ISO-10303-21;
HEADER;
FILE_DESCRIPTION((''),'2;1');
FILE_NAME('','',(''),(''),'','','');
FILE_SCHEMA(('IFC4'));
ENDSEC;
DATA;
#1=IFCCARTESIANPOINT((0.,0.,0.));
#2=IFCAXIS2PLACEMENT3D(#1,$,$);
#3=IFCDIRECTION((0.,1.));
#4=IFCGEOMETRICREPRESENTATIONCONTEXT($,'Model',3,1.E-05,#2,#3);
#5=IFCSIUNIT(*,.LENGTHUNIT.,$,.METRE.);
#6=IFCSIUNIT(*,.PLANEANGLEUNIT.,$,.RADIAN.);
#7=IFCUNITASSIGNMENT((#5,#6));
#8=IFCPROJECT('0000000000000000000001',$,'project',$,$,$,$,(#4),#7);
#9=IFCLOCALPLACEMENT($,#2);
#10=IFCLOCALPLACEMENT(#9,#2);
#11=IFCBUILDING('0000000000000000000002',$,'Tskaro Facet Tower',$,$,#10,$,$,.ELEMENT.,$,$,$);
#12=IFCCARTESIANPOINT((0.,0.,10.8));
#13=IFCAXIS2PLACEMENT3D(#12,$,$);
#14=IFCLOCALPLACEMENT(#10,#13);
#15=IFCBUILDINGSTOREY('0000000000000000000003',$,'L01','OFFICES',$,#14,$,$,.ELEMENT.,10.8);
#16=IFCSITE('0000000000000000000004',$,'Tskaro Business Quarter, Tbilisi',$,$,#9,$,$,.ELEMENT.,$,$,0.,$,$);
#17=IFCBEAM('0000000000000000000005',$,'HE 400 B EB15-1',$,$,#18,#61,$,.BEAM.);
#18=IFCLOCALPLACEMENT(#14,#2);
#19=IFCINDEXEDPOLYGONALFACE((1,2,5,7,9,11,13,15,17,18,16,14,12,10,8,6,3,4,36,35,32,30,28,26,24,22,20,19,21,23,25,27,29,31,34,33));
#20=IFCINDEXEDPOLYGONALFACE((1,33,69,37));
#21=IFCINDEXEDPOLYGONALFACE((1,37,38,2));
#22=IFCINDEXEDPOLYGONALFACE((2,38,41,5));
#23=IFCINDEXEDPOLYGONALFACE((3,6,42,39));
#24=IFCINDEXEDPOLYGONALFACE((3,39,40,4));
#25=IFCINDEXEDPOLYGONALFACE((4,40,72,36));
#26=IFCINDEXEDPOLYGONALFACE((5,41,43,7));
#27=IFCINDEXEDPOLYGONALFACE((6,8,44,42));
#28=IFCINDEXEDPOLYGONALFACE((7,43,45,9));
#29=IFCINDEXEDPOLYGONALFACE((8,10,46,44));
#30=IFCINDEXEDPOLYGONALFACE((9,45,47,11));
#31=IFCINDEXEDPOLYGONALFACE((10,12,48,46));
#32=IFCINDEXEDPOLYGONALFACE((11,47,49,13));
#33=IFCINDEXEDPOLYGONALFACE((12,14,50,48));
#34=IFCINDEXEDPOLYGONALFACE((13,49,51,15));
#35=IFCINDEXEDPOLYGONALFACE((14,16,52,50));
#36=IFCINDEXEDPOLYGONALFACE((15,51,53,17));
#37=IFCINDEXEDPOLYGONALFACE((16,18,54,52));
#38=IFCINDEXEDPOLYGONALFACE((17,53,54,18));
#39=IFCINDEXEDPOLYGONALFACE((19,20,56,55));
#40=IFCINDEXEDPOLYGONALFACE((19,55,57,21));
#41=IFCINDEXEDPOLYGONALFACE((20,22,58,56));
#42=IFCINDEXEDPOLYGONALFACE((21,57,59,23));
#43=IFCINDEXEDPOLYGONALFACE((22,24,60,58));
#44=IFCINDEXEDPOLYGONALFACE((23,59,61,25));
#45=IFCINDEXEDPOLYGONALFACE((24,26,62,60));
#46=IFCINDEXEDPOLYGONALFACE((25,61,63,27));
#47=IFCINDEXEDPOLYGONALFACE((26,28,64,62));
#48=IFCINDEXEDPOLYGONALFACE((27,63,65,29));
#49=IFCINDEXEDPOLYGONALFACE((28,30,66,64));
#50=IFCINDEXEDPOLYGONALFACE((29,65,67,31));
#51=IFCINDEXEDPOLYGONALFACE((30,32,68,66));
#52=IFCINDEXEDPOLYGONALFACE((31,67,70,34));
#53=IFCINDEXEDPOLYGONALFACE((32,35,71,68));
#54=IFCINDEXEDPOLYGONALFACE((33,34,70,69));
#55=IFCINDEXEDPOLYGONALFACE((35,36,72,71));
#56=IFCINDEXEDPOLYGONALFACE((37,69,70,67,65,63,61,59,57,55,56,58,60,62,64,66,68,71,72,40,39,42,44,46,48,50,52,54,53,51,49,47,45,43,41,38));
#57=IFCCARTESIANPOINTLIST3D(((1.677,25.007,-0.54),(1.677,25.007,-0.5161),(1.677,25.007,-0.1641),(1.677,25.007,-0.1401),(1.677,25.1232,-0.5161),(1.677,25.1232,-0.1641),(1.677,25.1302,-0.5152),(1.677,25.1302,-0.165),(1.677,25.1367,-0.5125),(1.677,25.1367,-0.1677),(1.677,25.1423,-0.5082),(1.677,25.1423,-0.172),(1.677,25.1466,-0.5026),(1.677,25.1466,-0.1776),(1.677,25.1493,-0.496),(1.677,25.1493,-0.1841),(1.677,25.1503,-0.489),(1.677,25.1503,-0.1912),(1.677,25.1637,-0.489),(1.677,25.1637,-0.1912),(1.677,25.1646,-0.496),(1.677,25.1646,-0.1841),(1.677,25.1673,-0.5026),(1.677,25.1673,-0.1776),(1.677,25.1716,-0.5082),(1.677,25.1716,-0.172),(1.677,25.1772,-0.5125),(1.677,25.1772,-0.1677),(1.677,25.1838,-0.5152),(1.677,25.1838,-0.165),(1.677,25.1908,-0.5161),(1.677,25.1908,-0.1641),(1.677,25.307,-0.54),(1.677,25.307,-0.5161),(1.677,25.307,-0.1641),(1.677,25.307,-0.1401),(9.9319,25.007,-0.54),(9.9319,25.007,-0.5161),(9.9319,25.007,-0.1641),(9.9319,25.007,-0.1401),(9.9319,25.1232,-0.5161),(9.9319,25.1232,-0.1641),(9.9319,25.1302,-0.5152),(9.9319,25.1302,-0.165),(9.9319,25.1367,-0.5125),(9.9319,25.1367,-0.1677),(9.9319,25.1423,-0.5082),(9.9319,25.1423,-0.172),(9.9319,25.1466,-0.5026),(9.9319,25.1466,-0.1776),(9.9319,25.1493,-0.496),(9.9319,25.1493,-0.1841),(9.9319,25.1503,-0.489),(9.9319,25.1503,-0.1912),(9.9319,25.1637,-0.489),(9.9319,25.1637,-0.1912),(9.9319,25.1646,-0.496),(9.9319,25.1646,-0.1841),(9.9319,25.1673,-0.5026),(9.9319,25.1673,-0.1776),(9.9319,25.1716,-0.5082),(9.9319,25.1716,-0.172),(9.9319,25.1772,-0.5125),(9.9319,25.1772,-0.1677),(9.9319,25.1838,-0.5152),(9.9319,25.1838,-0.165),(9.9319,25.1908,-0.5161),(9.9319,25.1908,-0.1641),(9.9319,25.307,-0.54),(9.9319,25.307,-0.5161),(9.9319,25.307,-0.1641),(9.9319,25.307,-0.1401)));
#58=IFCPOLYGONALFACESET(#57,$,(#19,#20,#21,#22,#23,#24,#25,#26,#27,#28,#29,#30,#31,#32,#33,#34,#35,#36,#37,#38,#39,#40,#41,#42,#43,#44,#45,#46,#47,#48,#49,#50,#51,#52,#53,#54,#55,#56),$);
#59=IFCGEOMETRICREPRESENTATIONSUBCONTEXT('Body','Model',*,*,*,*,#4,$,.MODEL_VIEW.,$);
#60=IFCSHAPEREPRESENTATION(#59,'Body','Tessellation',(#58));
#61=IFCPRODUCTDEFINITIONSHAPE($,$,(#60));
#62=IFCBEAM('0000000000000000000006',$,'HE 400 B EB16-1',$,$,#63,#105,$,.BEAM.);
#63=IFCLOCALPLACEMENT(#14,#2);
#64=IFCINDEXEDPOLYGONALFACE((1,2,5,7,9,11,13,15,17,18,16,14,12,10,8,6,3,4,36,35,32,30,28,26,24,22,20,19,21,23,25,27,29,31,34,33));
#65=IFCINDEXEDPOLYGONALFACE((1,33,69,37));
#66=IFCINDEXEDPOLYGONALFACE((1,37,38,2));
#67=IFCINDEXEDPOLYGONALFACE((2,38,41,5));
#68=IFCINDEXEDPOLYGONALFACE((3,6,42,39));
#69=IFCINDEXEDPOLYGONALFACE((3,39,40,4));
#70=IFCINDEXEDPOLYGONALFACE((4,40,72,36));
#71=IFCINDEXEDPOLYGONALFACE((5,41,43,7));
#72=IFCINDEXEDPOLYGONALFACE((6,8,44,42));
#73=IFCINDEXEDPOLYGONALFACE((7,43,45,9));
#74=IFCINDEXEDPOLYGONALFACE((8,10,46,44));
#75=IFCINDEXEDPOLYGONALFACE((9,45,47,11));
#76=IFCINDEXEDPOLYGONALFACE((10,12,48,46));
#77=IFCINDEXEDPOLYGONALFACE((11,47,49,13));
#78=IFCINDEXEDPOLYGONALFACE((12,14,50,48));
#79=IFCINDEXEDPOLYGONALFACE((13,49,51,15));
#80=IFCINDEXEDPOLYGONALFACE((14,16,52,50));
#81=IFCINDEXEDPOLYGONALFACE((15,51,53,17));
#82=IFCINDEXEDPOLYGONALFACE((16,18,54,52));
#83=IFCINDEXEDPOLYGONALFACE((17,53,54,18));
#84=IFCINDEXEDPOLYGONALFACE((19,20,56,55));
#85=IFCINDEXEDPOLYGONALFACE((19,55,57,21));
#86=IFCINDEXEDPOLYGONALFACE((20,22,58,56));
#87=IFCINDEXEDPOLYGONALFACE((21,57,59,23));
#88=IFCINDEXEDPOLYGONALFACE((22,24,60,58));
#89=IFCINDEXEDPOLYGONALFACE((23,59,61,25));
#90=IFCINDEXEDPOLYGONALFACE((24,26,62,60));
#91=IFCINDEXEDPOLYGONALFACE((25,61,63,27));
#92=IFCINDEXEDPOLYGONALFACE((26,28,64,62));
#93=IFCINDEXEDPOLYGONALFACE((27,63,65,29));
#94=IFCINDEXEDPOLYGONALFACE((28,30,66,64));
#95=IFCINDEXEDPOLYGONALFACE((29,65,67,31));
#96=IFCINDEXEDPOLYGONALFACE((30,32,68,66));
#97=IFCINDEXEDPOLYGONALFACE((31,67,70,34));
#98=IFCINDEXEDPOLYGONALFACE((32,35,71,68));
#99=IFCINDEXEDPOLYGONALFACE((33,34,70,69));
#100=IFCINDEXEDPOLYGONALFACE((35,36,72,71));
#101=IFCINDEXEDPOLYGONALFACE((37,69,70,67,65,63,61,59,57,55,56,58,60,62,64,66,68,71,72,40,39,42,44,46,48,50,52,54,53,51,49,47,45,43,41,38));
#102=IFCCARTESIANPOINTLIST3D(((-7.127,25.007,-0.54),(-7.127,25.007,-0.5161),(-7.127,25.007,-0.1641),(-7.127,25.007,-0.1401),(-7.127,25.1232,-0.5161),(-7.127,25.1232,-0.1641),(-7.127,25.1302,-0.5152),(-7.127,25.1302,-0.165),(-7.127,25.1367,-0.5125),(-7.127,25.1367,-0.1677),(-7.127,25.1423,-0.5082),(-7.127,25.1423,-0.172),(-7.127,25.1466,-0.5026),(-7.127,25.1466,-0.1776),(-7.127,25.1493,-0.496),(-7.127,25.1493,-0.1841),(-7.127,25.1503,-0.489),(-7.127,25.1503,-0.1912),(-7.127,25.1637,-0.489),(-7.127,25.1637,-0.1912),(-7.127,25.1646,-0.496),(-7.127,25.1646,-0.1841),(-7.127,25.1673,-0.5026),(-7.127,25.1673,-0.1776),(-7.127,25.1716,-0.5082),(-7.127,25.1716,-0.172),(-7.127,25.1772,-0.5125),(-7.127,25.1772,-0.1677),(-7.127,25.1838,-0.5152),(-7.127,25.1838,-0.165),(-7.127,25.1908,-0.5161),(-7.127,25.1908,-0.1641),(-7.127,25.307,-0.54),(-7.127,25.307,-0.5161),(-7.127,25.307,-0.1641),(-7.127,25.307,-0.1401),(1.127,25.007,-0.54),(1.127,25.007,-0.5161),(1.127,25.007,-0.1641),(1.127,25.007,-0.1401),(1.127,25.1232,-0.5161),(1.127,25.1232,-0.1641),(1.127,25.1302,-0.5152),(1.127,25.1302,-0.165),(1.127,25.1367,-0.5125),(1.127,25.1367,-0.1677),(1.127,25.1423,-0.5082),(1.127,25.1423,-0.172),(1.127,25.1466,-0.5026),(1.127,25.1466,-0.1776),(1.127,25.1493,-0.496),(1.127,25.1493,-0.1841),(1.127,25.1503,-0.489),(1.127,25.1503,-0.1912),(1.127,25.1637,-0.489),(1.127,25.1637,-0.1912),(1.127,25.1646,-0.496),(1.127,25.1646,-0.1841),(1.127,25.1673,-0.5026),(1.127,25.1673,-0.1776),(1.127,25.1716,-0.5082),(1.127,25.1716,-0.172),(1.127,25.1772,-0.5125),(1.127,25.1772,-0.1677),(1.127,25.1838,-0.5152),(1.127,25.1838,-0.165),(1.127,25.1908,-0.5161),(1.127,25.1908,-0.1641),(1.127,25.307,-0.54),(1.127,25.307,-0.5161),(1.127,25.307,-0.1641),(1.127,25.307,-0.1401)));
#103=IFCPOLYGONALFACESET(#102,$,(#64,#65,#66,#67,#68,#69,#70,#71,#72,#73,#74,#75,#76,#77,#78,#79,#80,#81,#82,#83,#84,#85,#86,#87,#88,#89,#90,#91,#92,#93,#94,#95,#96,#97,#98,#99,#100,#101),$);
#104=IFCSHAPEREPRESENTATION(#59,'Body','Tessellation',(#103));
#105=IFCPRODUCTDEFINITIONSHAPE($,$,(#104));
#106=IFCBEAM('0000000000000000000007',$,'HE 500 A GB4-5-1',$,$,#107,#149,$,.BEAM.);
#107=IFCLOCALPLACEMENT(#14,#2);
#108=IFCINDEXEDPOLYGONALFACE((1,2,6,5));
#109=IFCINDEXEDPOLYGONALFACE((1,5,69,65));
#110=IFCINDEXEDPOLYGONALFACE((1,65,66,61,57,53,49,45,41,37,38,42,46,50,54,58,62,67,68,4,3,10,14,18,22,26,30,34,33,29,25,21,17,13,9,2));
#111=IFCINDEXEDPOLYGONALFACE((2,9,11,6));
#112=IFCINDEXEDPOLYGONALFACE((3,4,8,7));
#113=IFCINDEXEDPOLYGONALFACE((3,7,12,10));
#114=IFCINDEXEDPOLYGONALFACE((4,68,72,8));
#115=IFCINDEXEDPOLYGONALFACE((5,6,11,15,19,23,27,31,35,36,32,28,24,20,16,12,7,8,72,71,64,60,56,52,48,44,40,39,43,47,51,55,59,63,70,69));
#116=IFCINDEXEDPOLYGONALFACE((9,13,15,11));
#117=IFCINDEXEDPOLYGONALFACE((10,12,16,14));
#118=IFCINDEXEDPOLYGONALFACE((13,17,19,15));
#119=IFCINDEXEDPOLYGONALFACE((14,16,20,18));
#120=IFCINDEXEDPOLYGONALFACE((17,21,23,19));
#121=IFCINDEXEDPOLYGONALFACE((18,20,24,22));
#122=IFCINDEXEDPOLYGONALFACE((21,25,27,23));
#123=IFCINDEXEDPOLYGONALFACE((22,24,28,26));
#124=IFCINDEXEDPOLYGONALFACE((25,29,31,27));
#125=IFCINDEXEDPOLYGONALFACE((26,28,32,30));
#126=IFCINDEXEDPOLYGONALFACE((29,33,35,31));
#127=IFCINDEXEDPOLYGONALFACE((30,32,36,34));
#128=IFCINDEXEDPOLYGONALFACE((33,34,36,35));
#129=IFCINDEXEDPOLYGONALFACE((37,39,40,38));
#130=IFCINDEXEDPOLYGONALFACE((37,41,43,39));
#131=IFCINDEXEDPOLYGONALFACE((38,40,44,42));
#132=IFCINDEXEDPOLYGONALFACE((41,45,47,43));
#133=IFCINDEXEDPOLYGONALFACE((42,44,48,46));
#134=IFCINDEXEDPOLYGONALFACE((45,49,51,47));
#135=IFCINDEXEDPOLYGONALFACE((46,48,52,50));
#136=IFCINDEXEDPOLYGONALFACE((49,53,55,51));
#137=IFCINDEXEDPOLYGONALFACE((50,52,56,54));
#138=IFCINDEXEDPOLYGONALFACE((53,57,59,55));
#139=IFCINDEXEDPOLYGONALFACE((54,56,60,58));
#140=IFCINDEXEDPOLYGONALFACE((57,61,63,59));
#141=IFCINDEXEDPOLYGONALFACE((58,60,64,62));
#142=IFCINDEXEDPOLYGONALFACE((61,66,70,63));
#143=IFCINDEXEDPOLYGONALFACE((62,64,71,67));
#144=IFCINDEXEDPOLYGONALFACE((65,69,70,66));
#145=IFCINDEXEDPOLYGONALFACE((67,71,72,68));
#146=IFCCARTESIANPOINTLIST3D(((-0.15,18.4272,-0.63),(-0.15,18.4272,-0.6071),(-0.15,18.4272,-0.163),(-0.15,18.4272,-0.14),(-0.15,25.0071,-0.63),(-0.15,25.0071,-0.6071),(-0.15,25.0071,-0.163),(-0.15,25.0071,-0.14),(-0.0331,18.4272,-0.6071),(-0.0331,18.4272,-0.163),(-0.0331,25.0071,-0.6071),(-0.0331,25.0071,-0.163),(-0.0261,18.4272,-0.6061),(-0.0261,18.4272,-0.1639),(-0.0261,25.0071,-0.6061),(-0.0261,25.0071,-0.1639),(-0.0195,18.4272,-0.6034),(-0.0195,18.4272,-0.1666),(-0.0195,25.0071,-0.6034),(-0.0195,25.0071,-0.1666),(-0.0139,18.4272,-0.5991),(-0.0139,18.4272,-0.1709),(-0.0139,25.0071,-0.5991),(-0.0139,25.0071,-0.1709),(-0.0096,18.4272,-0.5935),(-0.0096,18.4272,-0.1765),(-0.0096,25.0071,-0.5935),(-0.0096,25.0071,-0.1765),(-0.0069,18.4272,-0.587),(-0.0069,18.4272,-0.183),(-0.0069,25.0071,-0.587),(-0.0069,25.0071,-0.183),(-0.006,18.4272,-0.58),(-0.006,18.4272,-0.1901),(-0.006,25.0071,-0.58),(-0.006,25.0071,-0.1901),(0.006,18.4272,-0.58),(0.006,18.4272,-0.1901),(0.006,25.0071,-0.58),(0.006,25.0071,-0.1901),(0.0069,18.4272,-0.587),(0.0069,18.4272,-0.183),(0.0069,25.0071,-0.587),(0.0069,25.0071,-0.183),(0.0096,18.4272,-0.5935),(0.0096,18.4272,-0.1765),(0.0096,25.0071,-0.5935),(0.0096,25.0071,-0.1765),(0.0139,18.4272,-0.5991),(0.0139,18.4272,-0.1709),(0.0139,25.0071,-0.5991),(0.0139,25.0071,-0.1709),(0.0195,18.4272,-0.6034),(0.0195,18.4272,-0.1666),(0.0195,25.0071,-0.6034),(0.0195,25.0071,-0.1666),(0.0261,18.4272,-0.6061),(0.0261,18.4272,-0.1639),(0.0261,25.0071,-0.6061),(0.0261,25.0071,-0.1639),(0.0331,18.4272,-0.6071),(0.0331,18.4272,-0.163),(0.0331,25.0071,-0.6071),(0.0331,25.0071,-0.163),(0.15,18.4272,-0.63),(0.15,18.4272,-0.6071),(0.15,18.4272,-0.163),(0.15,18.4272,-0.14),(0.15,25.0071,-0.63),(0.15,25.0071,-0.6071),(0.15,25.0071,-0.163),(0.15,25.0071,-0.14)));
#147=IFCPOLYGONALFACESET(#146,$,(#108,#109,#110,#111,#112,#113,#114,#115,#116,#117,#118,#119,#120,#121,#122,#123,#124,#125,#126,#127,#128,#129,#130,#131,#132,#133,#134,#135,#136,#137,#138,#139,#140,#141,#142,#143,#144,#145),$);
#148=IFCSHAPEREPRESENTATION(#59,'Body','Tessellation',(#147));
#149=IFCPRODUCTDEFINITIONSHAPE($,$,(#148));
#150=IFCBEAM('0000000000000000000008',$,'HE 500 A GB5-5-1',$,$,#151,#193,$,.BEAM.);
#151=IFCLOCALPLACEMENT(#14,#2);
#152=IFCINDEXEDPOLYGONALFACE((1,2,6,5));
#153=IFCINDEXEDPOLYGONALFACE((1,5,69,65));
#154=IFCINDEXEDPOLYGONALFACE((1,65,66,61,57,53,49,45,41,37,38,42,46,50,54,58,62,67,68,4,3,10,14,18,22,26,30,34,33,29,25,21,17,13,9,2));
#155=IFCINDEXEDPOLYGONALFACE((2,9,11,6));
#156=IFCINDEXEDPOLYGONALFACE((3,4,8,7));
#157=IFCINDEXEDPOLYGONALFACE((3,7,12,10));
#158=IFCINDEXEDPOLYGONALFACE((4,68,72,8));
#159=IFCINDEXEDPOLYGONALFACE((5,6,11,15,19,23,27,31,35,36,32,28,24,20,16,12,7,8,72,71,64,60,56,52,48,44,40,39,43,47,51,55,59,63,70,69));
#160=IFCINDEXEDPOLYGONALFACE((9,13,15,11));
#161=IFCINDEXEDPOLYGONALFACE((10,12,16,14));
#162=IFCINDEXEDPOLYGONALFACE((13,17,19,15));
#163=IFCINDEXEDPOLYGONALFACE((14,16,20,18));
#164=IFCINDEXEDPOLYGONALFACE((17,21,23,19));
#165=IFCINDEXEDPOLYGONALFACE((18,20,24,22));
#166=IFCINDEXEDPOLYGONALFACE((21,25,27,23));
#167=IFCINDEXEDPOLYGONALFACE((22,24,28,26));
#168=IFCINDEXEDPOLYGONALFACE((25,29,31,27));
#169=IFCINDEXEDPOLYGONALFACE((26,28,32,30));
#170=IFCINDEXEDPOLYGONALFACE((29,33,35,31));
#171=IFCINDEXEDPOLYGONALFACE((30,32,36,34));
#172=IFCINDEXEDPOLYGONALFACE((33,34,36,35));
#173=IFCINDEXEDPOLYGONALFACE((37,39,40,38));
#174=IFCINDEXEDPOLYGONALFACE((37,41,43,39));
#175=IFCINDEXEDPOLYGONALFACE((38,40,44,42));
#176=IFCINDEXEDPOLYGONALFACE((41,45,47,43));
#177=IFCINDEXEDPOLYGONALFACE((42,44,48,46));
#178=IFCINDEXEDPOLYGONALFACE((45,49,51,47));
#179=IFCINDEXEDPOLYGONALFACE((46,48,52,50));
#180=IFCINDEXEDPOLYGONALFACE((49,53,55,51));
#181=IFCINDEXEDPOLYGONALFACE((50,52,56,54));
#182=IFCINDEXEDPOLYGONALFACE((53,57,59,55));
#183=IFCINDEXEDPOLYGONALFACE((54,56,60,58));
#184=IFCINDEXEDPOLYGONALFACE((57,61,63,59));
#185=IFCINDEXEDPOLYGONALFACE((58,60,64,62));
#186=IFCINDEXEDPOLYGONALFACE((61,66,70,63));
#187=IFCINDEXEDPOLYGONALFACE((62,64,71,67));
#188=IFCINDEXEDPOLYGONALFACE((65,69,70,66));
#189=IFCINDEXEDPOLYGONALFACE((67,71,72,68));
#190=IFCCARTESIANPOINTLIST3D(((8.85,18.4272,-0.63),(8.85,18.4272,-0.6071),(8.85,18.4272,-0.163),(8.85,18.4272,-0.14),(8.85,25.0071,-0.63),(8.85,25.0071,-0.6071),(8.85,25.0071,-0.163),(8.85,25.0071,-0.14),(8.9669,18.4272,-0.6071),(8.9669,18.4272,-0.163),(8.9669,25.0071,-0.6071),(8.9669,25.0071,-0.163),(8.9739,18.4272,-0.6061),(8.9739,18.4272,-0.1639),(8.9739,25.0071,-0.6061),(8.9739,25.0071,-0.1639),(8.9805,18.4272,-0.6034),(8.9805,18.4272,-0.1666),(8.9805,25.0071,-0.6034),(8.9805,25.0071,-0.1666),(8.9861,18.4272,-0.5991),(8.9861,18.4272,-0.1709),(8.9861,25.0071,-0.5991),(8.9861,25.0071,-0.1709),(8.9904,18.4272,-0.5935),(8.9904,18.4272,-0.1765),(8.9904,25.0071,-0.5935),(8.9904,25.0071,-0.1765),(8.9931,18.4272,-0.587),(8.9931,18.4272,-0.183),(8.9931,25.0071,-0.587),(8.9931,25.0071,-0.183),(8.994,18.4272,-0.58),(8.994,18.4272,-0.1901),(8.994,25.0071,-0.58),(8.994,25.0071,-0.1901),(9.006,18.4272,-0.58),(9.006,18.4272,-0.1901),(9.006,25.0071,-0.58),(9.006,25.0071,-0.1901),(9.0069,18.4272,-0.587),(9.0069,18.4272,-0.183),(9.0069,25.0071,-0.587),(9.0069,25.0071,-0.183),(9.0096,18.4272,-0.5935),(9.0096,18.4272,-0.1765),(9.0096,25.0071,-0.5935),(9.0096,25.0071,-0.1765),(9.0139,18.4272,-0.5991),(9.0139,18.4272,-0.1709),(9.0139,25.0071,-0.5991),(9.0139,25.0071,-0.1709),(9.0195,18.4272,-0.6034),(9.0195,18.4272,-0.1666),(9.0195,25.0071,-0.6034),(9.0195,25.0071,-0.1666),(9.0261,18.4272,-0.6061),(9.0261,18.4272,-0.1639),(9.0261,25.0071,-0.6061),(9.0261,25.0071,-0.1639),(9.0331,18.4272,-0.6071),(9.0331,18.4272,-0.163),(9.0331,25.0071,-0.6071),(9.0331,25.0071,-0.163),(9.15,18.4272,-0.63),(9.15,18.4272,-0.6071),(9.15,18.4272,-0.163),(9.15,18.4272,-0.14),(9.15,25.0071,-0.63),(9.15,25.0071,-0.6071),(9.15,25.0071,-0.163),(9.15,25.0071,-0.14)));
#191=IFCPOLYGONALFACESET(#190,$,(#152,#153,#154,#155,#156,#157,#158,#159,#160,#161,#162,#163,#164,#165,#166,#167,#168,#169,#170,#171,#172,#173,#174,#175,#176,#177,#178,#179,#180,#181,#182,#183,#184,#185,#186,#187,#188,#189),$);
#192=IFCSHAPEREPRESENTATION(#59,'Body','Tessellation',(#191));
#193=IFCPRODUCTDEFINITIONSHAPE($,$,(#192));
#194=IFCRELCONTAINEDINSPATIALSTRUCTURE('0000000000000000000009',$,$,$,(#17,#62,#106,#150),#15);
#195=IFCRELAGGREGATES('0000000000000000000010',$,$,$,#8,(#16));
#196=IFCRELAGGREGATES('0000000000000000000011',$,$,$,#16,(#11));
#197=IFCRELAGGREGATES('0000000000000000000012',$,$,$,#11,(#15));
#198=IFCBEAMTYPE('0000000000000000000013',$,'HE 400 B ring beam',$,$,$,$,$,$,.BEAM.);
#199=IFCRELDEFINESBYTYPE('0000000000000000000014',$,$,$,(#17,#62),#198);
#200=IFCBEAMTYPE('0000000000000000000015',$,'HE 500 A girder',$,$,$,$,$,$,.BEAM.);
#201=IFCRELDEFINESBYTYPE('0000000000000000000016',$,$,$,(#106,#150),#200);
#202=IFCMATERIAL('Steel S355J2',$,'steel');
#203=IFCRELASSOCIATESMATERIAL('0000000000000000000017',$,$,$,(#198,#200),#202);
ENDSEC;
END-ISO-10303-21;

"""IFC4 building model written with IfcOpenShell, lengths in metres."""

from ifc_helpers import new_model, si_unit, direction, frame, origin, origin_2d, place, context, subcontext, project, spatial, i_section, extrude, material, material_profile, profile_set, type_object, element, save


model = new_model("IFC4")

# Units and contexts
model_context = context("Model", 3, precision=1e-05, world=origin(), true_north=direction((0.0, 1.0)))
body_context = subcontext(model_context, "Body", "Model", "MODEL_VIEW")
ifc_project = project(units=[si_unit("LENGTHUNIT", "METRE"), si_unit("PLANEANGLEUNIT", "RADIAN")], contexts=[model_context])

# Site, building, storey
site_placement = place(None, origin())
site = spatial("IfcSite", under=ifc_project, at=site_placement, Name="Tskaro Business Quarter, Tbilisi", CompositionType="ELEMENT", RefElevation=0.0)
building_placement = place(site_placement, origin())
building = spatial("IfcBuilding", under=site, at=building_placement, Name="Tskaro Facet Tower", CompositionType="ELEMENT")
storey_placement = place(building_placement, frame((0.0, 0.0, 10.8)))
storey = spatial("IfcBuildingStorey", under=building, at=storey_placement, Name="L01", Description="OFFICES", CompositionType="ELEMENT", Elevation=10.8)

# Beams
ifc_material_1 = material(Name="Steel S355J2", Category="steel")
ifc_material_profile_1 = material_profile(ifc_material_1, i_section(OverallWidth=0.3, OverallDepth=0.3999, WebThickness=0.0134, FlangeThickness=0.0239, FilletRadius=0.0271, at=origin_2d()), Name="HE 400 B")
ifc_profile_set_1 = profile_set([ifc_material_profile_1], Name="Steel S355J2")
beam_type_1 = type_object("IfcBeamType", Name="HE 400 B ring beam", PredefinedType="BEAM", material=ifc_profile_set_1)
beam_1_placement = place(storey_placement, frame((9.9319, 25.157, -0.3401), z_axis=(-1.0, 0.0, 0.0), x_axis=(0.0, -1.0, 0.0)))
element("IfcBeam", 1, at=beam_1_placement, inside=storey, type_object=beam_type_1, Name="HE 400 B EB15-1", PredefinedType="BEAM", context=body_context, shape_type="SweptSolid", body=[
    extrude(i_section(OverallWidth=0.3, OverallDepth=0.3999, WebThickness=0.0134, FlangeThickness=0.0239, FilletRadius=0.0271, at=origin_2d()), origin(), (0.0, 0.0, 1.0), 8.2549),
])
beam_2_placement = place(storey_placement, frame((1.127, 25.157, -0.3401), z_axis=(-1.0, 0.0, 0.0), x_axis=(0.0, -1.0, 0.0)))
element("IfcBeam", 2, at=beam_2_placement, inside=storey, type_object=beam_type_1, Name="HE 400 B EB16-1", PredefinedType="BEAM", context=body_context, shape_type="SweptSolid", body=[
    extrude(i_section(OverallWidth=0.3, OverallDepth=0.3999, WebThickness=0.0134, FlangeThickness=0.0239, FilletRadius=0.0271, at=origin_2d()), origin(), (0.0, 0.0, 1.0), 8.2539),
])
ifc_material_profile_2 = material_profile(ifc_material_1, i_section(OverallWidth=0.3, OverallDepth=0.49, WebThickness=0.012, FlangeThickness=0.0229, FilletRadius=0.0271, at=origin_2d()), Name="HE 500 A")
ifc_profile_set_2 = profile_set([ifc_material_profile_2], Name="Steel S355J2")
beam_type_2 = type_object("IfcBeamType", Name="HE 500 A girder", PredefinedType="BEAM", material=ifc_profile_set_2)
for number, where, z_axis, x_axis, name in (
    (3, (0.0, 18.4272, -0.385), (0.0, 1.0, 0.0), (-1.0, 0.0, 0.0), "HE 500 A GB4-5-1"),
    (4, (9.0, 18.4272, -0.385), (0.0, 1.0, 0.0), (-1.0, 0.0, 0.0), "HE 500 A GB5-5-1"),
):
    element("IfcBeam", number, at=place(storey_placement, frame(where, z_axis=z_axis, x_axis=x_axis)), inside=storey, type_object=beam_type_2, Name=name, PredefinedType="BEAM", context=body_context, shape_type="SweptSolid", body=[
        extrude(i_section(OverallWidth=0.3, OverallDepth=0.49, WebThickness=0.012, FlangeThickness=0.0229, FilletRadius=0.0271, at=origin_2d()), origin(), (0.0, 0.0, 1.0), 6.5798),
    ])

save(model, "model.ifc")
